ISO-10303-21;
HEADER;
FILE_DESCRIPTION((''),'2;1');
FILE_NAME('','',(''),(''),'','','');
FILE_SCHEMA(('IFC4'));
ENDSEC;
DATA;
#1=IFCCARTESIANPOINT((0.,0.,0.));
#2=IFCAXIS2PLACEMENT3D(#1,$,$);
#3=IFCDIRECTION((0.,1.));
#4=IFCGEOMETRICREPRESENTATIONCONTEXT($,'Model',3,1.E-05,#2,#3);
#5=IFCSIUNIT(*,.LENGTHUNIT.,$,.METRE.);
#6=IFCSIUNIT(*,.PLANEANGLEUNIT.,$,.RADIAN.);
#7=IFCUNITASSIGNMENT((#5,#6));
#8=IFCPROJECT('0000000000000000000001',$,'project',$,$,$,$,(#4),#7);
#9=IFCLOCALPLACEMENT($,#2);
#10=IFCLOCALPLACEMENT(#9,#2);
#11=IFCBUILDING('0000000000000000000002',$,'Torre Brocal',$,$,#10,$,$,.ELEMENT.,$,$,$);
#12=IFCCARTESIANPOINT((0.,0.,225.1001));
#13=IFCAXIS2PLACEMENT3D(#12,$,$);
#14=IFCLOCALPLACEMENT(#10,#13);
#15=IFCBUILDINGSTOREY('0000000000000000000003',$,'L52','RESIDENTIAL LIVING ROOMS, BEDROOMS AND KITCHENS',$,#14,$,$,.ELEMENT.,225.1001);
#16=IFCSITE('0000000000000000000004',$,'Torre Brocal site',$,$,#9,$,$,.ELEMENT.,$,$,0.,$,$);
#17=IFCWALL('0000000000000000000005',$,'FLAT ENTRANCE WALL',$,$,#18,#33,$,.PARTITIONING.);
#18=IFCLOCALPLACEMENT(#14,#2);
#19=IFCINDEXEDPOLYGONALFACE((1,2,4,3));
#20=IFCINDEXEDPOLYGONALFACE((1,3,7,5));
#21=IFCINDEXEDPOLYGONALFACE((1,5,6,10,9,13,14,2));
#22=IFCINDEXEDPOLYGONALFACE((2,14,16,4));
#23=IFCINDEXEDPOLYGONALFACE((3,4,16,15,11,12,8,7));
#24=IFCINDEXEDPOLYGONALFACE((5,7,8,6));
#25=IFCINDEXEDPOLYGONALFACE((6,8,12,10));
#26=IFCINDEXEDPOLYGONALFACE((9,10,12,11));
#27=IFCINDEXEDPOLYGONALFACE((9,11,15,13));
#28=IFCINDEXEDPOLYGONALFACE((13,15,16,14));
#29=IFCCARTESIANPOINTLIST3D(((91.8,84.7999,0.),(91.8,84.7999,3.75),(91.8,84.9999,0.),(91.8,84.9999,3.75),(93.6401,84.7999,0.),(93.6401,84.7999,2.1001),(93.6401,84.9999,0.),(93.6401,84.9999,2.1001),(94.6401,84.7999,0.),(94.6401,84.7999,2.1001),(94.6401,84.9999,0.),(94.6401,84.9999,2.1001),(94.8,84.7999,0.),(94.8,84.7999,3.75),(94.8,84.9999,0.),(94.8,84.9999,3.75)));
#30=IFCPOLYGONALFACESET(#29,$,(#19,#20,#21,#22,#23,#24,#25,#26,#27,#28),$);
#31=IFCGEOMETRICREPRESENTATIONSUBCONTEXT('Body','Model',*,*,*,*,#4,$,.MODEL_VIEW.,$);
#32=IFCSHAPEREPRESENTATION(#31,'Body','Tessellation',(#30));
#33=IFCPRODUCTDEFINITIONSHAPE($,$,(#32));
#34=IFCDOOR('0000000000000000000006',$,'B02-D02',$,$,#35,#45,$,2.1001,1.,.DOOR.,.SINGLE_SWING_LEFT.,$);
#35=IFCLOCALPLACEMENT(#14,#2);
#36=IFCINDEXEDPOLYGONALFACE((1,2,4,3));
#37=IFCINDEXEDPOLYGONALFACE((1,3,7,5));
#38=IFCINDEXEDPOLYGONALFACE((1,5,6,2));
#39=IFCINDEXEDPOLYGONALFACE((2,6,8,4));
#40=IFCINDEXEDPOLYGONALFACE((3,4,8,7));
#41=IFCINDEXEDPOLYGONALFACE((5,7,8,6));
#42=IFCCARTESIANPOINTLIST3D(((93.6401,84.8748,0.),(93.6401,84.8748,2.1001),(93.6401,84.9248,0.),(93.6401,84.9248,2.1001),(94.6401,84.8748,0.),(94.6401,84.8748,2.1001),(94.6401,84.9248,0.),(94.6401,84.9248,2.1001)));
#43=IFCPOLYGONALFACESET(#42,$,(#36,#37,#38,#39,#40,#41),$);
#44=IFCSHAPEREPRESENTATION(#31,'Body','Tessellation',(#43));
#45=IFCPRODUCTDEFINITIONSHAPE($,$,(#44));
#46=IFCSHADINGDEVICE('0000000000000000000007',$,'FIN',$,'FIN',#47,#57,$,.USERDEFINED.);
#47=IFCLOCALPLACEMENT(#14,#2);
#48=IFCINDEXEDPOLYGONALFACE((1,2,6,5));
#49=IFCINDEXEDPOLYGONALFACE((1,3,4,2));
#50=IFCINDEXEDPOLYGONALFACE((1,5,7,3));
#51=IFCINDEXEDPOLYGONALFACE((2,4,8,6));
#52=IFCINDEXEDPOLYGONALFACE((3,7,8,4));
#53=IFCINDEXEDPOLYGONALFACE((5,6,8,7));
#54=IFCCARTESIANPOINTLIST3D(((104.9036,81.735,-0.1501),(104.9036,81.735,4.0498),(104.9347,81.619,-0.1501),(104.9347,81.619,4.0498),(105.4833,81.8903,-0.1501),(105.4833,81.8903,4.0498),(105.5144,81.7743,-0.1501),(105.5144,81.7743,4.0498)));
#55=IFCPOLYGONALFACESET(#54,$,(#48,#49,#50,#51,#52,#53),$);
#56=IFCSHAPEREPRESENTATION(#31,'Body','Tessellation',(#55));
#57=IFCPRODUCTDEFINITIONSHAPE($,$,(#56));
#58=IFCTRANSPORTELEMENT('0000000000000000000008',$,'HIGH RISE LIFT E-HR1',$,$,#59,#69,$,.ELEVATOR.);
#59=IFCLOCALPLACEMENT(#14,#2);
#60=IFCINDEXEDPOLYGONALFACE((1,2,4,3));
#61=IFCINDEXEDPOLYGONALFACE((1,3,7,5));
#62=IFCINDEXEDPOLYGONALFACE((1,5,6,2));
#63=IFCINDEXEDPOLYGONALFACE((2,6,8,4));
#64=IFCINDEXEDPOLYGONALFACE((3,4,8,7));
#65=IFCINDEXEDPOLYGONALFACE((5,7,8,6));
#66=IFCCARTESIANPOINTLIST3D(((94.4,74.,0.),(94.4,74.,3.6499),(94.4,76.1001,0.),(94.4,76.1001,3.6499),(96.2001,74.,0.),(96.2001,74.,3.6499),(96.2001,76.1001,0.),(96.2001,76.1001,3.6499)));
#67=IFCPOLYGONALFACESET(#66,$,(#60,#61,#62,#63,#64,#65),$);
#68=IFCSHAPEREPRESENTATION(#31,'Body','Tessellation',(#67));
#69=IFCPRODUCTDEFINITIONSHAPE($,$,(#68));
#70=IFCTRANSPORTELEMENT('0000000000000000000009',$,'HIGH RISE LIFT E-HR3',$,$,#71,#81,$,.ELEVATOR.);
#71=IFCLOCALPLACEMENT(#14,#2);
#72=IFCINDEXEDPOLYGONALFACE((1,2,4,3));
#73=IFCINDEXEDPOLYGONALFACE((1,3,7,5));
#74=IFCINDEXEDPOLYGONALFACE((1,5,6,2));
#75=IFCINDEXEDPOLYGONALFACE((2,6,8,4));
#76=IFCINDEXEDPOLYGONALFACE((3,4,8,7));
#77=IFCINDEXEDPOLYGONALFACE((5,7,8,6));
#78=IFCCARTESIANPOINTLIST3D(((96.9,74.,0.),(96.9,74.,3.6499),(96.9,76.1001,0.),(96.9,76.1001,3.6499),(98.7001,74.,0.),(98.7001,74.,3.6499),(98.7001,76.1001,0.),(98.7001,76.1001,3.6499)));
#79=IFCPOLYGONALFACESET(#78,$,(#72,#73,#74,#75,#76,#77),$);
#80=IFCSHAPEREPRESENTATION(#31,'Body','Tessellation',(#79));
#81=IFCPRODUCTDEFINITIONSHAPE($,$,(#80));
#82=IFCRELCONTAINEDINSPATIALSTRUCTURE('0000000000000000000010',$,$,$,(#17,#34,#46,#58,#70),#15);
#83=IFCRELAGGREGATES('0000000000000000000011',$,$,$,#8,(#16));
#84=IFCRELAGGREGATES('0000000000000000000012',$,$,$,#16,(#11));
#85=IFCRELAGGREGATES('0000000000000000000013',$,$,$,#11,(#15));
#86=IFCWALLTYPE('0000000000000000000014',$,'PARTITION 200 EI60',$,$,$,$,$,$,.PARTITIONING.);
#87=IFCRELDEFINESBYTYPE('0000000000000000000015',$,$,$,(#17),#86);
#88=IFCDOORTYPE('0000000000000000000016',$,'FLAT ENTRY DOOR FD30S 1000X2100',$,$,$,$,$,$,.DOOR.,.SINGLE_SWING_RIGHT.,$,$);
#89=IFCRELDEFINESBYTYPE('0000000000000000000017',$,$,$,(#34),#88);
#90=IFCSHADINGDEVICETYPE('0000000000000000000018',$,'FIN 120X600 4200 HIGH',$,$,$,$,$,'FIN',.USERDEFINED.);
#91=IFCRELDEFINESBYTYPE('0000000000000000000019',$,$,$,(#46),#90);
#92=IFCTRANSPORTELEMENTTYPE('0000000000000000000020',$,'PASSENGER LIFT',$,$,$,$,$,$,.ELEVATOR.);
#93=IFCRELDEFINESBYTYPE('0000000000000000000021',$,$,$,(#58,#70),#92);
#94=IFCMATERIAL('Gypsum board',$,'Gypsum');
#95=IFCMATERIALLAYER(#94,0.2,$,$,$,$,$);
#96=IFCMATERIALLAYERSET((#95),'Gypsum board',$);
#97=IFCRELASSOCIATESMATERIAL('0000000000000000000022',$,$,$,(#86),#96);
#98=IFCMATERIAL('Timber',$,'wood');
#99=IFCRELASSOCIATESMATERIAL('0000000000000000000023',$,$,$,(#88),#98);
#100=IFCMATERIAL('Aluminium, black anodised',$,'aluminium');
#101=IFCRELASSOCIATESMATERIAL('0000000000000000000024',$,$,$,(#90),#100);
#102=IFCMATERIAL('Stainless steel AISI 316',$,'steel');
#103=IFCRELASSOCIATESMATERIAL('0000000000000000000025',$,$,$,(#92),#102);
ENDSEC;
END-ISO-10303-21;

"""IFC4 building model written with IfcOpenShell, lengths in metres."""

from ifc_helpers import new_model, si_unit, direction, frame, frame_2d, origin, origin_2d, place, context, subcontext, project, spatial, rectangle, extrude, material, layer, layer_set, material_profile, profile_set, type_object, element, fill, save


model = new_model("IFC4")

# Units and contexts
model_context = context("Model", 3, precision=1e-05, world=origin(), true_north=direction((0.0, 1.0)))
body_context = subcontext(model_context, "Body", "Model", "MODEL_VIEW")
ifc_project = project(units=[si_unit("LENGTHUNIT", "METRE"), si_unit("PLANEANGLEUNIT", "RADIAN")], contexts=[model_context])

# Site, building, storey
site_placement = place(None, origin())
site = spatial("IfcSite", under=ifc_project, at=site_placement, Name="Torre Brocal site", CompositionType="ELEMENT", RefElevation=0.0)
building_placement = place(site_placement, origin())
building = spatial("IfcBuilding", under=site, at=building_placement, Name="Torre Brocal", CompositionType="ELEMENT")
storey_placement = place(building_placement, frame((0.0, 0.0, 225.1001)))
storey = spatial("IfcBuildingStorey", under=building, at=storey_placement, Name="L52", Description="RESIDENTIAL LIVING ROOMS, BEDROOMS AND KITCHENS", CompositionType="ELEMENT", Elevation=225.1001)

# Wall, opening, door
ifc_material_1 = material(Name="Gypsum board", Category="Gypsum")
ifc_layer_1 = layer(ifc_material_1, 0.2)
ifc_layer_set_1 = layer_set([ifc_layer_1], Name="Gypsum board")
wall_type_1 = type_object("IfcWallType", Name="PARTITION 200 EI60", PredefinedType="PARTITIONING", material=ifc_layer_set_1)
wall_1_placement = place(storey_placement, frame((91.8, 84.8999, 0.0), z_axis=(0.0, 0.0, 1.0), x_axis=(1.0, 0.0, 0.0)))
wall_1 = element("IfcWall", 1, at=wall_1_placement, inside=storey, type_object=wall_type_1, Name="FLAT ENTRANCE WALL", PredefinedType="PARTITIONING", context=body_context, shape_type="SweptSolid", body=[
    extrude(rectangle(XDim=3.0, YDim=0.2, at=frame_2d((1.5, 0.0))), origin(), (0.0, 0.0, 1.0), 3.75),
])
opening_1_placement = place(wall_1_placement, frame((1.8401, 0.0, 0.0)))
opening_1 = element("IfcOpeningElement", 2, at=opening_1_placement, cuts=wall_1, PredefinedType="OPENING", context=body_context, shape_type="SweptSolid", body=[
    extrude(rectangle(XDim=1.0, YDim=2.1001, at=frame_2d((0.5, 1.05))), frame((0.0, 0.1099, 0.0), z_axis=(0.0, -1.0, 0.0), x_axis=(1.0, 0.0, 0.0)), (0.0, 0.0, 1.0), 0.22),
])
ifc_material_2 = material(Name="Timber", Category="wood")
door_type_1 = type_object("IfcDoorType", Name="FLAT ENTRY DOOR FD30S 1000X2100", OperationType="SINGLE_SWING_RIGHT", PredefinedType="DOOR", material=ifc_material_2)
door_1_placement = place(opening_1_placement, origin())
door_1 = element("IfcDoor", 3, at=door_1_placement, inside=storey, type_object=door_type_1, Name="B02-D02", OperationType="SINGLE_SWING_LEFT", OverallHeight=2.1001, OverallWidth=1.0, PredefinedType="DOOR", context=body_context, shape_type="SweptSolid", body=[
    extrude(rectangle(XDim=1.0, YDim=2.1001, at=frame_2d((0.5, 1.05))), frame((0.0, 0.0249, 0.0), z_axis=(0.0, -1.0, 0.0), x_axis=(1.0, 0.0, 0.0)), (0.0, 0.0, 1.0), 0.05),
])
fill(opening_1, door_1)

# Shading device
ifc_material_3 = material(Name="Aluminium, black anodised", Category="aluminium")
ifc_material_profile_1 = material_profile(ifc_material_3, rectangle(XDim=0.1201, YDim=0.6001, at=origin_2d()), Name="FIN 120X600 4200 HIGH")
ifc_profile_set_1 = profile_set([ifc_material_profile_1], Name="Aluminium, black anodised")
shading_device_type = type_object("IfcShadingDeviceType", Name="FIN 120X600 4200 HIGH", ElementType="FIN", PredefinedType="USERDEFINED", material=ifc_profile_set_1)
shading_device_placement = place(storey_placement, frame((105.209, 81.7546, -0.1501), z_axis=(0.0, 0.0, 1.0), x_axis=(-0.258819, 0.965926, 0.0)))
element("IfcShadingDevice", 4, at=shading_device_placement, inside=storey, type_object=shading_device_type, Name="FIN", ObjectType="FIN", PredefinedType="USERDEFINED", context=body_context, shape_type="SweptSolid", body=[
    extrude(rectangle(XDim=0.1201, YDim=0.6001, at=origin_2d()), origin(), (0.0, 0.0, 1.0), 4.2),
])

# Transport elements
ifc_material_4 = material(Name="Stainless steel AISI 316", Category="steel")
transport_element_type = type_object("IfcTransportElementType", Name="PASSENGER LIFT", PredefinedType="ELEVATOR", material=ifc_material_4)
for number, where, z_axis, x_axis, name in (
    (5, (95.3, 75.05, 0.0), (0.0, 0.0, 1.0), (1.0, 0.0, 0.0), "HIGH RISE LIFT E-HR1"),
    (6, (97.8, 75.05, 0.0), (0.0, 0.0, 1.0), (1.0, 0.0, 0.0), "HIGH RISE LIFT E-HR3"),
):
    element("IfcTransportElement", number, at=place(storey_placement, frame(where, z_axis=z_axis, x_axis=x_axis)), inside=storey, type_object=transport_element_type, Name=name, PredefinedType="ELEVATOR", context=body_context, shape_type="SweptSolid", body=[
        extrude(rectangle(XDim=1.8, YDim=2.1001, at=origin_2d()), origin(), (0.0, 0.0, 1.0), 3.6499),
    ])

save(model, "model.ifc")
